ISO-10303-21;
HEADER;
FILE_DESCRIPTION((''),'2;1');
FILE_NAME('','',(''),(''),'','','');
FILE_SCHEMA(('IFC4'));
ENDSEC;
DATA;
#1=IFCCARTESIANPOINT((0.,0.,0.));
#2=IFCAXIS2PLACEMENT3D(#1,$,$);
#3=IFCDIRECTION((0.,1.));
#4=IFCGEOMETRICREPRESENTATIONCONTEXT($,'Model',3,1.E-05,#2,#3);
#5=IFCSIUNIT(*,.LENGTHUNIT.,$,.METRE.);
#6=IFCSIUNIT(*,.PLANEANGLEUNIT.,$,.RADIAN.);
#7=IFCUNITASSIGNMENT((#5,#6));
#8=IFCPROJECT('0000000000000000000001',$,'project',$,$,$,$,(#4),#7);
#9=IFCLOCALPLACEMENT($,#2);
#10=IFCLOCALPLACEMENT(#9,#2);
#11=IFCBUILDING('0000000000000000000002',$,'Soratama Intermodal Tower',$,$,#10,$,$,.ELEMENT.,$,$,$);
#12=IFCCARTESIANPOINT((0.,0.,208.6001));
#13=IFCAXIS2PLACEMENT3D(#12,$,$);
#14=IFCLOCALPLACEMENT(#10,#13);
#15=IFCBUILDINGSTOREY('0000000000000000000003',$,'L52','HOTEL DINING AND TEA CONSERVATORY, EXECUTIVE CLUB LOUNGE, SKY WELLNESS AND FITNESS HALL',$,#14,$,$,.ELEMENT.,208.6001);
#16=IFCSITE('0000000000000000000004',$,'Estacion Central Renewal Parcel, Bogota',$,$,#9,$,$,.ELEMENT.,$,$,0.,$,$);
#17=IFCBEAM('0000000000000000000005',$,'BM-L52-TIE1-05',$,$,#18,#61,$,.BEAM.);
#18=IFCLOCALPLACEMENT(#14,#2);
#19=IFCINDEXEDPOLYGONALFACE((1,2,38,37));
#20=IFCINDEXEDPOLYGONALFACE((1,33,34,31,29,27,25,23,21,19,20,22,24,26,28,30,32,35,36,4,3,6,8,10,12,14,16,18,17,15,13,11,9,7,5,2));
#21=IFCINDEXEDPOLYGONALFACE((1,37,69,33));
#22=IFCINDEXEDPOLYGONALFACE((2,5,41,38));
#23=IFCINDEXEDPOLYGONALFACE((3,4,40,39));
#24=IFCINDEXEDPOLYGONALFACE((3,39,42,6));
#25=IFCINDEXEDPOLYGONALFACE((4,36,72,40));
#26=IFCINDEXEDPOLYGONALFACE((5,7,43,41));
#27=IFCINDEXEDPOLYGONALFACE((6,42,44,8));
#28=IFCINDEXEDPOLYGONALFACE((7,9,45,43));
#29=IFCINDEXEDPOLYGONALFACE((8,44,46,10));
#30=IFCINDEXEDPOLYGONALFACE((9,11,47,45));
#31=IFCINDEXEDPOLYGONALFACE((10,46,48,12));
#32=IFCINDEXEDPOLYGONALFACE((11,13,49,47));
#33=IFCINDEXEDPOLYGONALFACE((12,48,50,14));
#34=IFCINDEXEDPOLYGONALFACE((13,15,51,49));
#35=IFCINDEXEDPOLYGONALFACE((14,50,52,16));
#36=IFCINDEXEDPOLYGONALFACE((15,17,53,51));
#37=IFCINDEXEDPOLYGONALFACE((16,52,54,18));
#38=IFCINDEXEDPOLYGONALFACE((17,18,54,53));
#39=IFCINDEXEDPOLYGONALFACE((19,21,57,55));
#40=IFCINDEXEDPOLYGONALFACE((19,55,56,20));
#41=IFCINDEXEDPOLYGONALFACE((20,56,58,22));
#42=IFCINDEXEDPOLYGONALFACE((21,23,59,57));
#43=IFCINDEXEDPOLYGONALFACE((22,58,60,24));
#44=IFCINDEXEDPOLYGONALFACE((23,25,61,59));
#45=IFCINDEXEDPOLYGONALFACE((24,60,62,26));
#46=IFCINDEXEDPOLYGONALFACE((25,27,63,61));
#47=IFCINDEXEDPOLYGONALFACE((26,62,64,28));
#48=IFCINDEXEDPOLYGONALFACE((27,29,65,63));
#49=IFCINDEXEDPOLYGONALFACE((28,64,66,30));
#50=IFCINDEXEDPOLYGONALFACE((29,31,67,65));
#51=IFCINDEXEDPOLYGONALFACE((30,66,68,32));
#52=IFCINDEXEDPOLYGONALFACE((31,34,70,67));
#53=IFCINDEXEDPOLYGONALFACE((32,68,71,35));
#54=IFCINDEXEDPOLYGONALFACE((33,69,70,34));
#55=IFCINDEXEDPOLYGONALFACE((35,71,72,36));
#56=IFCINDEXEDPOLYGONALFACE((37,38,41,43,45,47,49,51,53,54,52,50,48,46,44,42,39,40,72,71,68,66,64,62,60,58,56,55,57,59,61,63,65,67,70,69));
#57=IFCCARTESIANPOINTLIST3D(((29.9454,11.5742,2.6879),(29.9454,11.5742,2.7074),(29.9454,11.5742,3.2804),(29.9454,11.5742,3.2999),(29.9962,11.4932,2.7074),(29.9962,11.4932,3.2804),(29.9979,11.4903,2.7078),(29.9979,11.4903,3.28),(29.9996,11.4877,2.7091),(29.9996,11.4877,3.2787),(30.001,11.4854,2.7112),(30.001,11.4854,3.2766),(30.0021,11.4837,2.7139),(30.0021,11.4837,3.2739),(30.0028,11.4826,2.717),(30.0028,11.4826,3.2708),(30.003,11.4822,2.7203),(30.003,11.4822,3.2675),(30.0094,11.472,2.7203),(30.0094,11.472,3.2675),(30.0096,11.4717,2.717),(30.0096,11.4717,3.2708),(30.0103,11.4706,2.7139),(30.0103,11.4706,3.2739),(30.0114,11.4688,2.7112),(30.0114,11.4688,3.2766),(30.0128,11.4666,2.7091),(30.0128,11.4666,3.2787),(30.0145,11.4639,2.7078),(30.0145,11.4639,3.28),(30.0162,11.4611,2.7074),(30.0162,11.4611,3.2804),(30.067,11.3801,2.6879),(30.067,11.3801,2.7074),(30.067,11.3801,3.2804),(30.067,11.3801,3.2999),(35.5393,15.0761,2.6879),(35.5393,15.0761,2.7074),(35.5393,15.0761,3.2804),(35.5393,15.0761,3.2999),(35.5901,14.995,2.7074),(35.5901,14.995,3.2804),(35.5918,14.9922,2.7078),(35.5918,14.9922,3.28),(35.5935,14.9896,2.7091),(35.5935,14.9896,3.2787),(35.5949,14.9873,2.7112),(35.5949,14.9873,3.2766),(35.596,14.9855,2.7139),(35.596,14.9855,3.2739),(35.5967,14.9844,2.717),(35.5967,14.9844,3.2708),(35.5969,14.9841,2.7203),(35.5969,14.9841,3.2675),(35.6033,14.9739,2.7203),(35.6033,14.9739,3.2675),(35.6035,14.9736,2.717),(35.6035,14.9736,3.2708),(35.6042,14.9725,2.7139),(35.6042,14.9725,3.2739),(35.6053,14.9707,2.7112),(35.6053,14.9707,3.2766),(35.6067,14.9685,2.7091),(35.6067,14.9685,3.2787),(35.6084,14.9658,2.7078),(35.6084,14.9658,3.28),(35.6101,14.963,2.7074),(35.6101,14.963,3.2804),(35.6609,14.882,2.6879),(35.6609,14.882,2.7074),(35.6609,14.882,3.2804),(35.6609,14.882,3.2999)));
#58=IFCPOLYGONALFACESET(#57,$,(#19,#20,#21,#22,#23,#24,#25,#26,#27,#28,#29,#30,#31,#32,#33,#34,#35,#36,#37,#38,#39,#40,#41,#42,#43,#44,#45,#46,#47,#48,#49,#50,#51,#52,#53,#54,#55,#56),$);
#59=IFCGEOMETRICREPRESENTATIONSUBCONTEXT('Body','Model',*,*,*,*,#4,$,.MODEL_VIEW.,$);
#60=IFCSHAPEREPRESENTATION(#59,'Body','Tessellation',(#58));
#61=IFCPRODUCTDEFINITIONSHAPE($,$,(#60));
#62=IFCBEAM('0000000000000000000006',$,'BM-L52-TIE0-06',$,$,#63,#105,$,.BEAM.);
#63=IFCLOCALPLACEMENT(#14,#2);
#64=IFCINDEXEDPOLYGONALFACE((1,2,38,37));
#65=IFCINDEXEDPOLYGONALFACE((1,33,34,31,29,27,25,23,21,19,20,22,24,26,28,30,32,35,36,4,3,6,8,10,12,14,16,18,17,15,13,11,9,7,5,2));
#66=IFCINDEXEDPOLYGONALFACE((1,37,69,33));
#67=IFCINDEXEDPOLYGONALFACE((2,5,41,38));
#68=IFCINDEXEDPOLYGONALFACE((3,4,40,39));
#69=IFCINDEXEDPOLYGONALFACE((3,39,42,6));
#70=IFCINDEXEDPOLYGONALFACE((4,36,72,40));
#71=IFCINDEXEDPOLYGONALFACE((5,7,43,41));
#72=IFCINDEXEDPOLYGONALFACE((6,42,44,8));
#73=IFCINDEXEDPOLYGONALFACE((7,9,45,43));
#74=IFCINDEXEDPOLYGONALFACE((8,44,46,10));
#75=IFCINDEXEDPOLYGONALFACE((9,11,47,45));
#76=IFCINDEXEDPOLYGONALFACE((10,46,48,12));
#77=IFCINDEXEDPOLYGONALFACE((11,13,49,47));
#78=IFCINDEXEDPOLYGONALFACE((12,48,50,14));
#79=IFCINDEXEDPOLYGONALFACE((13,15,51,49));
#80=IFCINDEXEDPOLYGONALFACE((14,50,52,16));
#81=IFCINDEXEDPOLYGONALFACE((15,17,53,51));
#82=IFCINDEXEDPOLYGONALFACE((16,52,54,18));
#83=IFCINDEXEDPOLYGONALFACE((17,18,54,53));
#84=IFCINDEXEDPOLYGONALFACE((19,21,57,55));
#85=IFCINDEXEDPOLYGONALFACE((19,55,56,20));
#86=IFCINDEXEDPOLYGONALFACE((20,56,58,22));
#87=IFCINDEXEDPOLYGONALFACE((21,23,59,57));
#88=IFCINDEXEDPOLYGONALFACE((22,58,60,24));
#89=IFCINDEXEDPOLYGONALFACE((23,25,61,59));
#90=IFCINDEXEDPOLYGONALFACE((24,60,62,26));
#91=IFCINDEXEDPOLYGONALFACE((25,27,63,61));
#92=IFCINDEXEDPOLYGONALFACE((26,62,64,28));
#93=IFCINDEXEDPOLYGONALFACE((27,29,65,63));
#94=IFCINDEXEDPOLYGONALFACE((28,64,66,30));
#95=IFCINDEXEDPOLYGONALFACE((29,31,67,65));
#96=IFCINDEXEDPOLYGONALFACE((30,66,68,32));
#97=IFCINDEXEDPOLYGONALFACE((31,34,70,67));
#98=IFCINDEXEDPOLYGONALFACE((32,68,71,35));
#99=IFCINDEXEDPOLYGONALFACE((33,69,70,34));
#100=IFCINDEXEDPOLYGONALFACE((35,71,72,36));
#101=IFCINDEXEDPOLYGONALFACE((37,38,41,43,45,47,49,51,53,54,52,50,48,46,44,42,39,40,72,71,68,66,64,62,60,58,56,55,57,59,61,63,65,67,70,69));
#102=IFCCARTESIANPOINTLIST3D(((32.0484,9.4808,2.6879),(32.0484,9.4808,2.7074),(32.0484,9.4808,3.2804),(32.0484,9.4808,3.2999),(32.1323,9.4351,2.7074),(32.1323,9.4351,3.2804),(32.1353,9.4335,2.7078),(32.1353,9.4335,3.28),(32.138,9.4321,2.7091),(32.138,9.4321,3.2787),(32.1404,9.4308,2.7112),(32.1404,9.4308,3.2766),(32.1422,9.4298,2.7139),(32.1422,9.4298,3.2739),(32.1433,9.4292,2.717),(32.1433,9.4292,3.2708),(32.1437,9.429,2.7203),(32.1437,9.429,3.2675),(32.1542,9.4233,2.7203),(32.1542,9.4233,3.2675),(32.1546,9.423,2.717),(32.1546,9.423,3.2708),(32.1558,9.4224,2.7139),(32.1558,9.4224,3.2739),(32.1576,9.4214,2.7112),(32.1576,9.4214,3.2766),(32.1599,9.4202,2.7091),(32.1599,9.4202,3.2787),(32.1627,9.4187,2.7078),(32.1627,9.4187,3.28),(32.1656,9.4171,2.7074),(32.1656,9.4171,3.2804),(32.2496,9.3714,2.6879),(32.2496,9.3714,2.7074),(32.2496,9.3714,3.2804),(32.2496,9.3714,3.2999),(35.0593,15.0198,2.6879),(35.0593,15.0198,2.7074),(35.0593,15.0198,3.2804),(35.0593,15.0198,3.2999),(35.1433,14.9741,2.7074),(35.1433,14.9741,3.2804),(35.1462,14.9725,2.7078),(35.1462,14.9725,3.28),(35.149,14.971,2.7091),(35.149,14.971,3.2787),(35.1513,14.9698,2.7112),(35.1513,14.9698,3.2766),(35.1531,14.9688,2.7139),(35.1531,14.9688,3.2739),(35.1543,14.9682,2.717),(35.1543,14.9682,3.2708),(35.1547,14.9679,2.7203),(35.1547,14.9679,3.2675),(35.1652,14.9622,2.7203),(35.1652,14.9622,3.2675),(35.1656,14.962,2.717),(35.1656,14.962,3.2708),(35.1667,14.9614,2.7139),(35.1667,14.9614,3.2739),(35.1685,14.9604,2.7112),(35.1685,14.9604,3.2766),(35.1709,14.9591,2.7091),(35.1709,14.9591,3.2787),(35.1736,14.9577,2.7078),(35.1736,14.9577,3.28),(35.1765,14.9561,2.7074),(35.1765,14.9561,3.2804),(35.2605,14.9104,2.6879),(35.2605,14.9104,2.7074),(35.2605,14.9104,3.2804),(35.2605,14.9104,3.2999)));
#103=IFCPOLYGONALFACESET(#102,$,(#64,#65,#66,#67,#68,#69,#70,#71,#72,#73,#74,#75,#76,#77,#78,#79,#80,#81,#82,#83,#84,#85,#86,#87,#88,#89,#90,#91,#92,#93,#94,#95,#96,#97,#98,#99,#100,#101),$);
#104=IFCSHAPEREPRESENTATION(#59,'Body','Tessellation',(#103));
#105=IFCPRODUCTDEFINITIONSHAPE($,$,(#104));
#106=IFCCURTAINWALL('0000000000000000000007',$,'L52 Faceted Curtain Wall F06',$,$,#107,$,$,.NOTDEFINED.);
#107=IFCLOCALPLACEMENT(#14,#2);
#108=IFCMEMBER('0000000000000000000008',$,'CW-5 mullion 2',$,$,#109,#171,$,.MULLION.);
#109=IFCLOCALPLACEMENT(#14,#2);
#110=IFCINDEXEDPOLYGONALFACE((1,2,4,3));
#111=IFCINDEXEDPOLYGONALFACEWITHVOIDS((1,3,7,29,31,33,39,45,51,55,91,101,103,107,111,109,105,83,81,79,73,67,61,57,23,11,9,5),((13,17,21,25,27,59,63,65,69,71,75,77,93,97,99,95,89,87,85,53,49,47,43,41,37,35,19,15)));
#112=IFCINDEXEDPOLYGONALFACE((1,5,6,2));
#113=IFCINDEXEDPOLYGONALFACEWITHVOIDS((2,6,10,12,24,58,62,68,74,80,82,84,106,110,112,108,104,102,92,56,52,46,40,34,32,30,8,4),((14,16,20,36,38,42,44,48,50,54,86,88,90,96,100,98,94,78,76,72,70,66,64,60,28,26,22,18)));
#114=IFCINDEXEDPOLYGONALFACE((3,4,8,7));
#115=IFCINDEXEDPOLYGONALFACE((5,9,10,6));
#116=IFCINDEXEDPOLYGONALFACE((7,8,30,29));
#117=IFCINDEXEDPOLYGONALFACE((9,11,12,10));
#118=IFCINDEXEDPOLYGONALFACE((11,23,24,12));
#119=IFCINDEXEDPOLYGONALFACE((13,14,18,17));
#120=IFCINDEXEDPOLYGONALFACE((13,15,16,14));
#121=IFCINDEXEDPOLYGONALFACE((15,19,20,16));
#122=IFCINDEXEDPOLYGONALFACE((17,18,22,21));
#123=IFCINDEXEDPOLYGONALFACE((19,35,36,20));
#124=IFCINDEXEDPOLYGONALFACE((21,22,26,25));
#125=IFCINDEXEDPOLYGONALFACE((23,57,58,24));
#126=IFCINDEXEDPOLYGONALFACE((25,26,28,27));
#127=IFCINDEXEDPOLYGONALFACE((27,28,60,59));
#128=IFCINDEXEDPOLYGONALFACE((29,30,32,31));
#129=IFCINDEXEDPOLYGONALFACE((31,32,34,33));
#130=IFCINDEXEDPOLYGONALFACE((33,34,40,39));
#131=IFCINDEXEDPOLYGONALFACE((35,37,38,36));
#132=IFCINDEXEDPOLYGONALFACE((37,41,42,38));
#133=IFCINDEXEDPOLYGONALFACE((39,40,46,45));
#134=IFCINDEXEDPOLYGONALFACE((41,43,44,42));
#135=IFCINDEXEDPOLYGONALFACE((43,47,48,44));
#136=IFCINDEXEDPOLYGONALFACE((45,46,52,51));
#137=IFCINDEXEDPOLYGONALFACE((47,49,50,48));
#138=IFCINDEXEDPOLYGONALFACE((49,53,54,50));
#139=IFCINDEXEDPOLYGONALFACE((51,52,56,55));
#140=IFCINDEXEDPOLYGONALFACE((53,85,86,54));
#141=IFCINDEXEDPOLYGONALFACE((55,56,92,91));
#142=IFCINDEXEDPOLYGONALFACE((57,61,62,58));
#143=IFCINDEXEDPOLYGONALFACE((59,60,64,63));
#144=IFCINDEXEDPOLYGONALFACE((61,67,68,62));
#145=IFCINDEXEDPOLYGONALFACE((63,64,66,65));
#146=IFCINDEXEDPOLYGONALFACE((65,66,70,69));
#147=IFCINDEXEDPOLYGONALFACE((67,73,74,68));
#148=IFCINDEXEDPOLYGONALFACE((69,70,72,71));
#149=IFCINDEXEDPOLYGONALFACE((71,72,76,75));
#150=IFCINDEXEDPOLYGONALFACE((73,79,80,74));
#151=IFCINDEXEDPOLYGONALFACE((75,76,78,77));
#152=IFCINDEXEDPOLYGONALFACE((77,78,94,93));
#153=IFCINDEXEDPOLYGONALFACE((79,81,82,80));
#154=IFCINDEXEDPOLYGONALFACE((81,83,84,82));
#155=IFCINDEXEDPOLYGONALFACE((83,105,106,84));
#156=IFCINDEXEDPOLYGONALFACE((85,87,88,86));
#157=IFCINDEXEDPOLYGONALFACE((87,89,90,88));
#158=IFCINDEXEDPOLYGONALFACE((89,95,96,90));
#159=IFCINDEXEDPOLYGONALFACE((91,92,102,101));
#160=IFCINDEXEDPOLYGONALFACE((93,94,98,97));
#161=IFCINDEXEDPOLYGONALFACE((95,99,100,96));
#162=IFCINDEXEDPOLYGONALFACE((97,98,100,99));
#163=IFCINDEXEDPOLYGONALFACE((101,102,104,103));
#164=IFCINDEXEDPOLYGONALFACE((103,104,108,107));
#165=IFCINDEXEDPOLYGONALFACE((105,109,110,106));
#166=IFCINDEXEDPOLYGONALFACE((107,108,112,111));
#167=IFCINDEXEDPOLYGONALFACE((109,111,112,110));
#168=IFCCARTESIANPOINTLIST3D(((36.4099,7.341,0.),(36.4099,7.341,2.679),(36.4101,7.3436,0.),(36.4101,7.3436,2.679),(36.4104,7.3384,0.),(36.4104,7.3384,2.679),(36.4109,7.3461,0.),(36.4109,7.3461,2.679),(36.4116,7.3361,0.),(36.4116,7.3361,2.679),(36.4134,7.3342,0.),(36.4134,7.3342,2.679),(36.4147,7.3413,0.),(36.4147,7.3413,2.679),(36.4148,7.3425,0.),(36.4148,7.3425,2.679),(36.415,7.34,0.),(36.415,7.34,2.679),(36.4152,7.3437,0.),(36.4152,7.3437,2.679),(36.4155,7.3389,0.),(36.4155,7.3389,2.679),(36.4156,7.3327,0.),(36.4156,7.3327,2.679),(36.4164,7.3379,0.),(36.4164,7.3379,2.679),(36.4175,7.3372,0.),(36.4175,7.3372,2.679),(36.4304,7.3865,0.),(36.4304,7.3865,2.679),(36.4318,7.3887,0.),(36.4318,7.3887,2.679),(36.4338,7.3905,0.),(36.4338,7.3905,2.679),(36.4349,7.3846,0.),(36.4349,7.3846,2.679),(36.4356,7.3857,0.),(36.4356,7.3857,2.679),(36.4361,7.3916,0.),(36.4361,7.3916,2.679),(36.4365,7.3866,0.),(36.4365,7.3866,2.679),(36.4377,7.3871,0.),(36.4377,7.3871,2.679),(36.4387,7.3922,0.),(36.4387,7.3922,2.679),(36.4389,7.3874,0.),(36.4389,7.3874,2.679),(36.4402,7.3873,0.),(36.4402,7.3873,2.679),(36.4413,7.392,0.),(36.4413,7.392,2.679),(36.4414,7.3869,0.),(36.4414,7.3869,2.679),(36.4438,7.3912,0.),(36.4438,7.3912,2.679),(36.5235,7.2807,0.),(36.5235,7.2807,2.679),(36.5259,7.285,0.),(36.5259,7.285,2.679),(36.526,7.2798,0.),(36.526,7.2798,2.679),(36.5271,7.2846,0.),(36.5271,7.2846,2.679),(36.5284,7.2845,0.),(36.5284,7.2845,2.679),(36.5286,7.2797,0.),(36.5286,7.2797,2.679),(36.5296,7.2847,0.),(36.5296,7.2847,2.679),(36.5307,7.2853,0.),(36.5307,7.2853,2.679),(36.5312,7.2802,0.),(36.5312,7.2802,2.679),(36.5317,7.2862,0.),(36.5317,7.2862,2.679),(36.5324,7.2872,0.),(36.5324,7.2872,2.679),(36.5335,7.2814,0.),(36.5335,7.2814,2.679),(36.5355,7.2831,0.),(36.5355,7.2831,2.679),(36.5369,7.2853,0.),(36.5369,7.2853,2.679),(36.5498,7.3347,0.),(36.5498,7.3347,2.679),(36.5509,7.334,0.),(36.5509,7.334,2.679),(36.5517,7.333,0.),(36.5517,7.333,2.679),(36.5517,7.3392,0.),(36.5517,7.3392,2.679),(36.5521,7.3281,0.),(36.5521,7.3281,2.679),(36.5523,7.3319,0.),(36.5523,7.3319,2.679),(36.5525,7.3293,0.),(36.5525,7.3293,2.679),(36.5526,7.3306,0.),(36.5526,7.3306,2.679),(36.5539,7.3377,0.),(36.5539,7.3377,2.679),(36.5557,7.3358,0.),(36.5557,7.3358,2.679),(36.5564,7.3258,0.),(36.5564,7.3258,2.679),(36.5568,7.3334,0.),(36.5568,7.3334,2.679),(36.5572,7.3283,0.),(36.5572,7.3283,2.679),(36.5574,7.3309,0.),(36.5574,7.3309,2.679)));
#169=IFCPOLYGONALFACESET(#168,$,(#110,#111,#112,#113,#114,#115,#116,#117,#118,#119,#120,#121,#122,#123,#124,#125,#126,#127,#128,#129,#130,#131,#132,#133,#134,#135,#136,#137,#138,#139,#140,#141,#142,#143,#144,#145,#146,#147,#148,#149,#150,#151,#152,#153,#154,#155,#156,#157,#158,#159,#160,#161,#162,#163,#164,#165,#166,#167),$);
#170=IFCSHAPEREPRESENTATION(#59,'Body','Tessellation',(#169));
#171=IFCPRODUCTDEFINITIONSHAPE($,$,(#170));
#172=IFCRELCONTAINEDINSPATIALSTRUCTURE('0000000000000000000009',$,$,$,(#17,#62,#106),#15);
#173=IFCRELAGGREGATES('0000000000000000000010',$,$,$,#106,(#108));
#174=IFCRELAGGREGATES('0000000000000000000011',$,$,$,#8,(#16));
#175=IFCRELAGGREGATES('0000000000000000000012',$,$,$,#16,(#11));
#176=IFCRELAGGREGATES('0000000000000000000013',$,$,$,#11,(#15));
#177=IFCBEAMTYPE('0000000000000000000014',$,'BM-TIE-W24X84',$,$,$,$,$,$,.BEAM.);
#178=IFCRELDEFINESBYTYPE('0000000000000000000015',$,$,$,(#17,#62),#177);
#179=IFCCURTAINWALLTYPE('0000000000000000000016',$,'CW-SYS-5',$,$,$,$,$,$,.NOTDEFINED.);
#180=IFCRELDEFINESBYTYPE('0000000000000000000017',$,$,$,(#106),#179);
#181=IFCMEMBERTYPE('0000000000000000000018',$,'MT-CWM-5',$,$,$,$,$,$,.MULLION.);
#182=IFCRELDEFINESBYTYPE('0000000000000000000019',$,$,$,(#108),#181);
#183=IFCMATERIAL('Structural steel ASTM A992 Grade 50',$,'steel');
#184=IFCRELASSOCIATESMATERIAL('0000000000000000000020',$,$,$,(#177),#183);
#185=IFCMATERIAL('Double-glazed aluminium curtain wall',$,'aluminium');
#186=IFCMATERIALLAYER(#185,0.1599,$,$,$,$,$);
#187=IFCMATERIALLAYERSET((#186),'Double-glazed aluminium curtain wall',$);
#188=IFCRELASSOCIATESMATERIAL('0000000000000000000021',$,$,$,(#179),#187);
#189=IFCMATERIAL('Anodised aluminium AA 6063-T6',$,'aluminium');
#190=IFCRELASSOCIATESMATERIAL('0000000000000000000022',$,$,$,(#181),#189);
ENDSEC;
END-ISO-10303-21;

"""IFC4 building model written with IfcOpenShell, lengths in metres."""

from ifc_helpers import new_model, si_unit, direction, frame, origin, origin_2d, place, context, subcontext, project, spatial, hollow_rectangle, i_section, extrude, material, layer, layer_set, material_profile, profile_set, type_object, element, aggregate, save


model = new_model("IFC4")

# Units and contexts
model_context = context("Model", 3, precision=1e-05, world=origin(), true_north=direction((0.0, 1.0)))
body_context = subcontext(model_context, "Body", "Model", "MODEL_VIEW")
ifc_project = project(units=[si_unit("LENGTHUNIT", "METRE"), si_unit("PLANEANGLEUNIT", "RADIAN")], contexts=[model_context])

# Site, building, storey
site_placement = place(None, origin())
site = spatial("IfcSite", under=ifc_project, at=site_placement, Name="Estacion Central Renewal Parcel, Bogota", CompositionType="ELEMENT", RefElevation=0.0)
building_placement = place(site_placement, origin())
building = spatial("IfcBuilding", under=site, at=building_placement, Name="Soratama Intermodal Tower", CompositionType="ELEMENT")
storey_placement = place(building_placement, frame((0.0, 0.0, 208.6001)))
storey = spatial("IfcBuildingStorey", under=building, at=storey_placement, Name="L52", Description="HOTEL DINING AND TEA CONSERVATORY, EXECUTIVE CLUB LOUNGE, SKY WELLNESS AND FITNESS HALL", CompositionType="ELEMENT", Elevation=208.6001)

# Beams
ifc_material_1 = material(Name="Structural steel ASTM A992 Grade 50", Category="steel")
ifc_material_profile_1 = material_profile(ifc_material_1, i_section(OverallWidth=0.229, OverallDepth=0.6121, WebThickness=0.012, FlangeThickness=0.0195, FilletRadius=0.0129, at=origin_2d()), Name="W24X84")
ifc_profile_set_1 = profile_set([ifc_material_profile_1], Name="Structural steel ASTM A992 Grade 50")
beam_type_1 = type_object("IfcBeamType", Name="BM-TIE-W24X84", PredefinedType="BEAM", material=ifc_profile_set_1)
beam_1_placement = place(storey_placement, frame((35.6001, 14.979, 2.9939), z_axis=(-0.847609, -0.530621, 0.0), x_axis=(0.530621, -0.847609, 0.0)))
element("IfcBeam", 1, at=beam_1_placement, inside=storey, type_object=beam_type_1, Name="BM-L52-TIE1-05", PredefinedType="BEAM", context=body_context, shape_type="SweptSolid", body=[
    extrude(i_section(OverallWidth=0.229, OverallDepth=0.6121, WebThickness=0.012, FlangeThickness=0.0195, FilletRadius=0.0129, at=origin_2d()), origin(), (0.0, 0.0, 1.0), 6.5996),
])
beam_2_placement = place(storey_placement, frame((35.1599, 14.9651, 2.9939), z_axis=(-0.47759, -0.878583, 0.0), x_axis=(0.878583, -0.47759, 0.0)))
element("IfcBeam", 2, at=beam_2_placement, inside=storey, type_object=beam_type_1, Name="BM-L52-TIE0-06", PredefinedType="BEAM", context=body_context, shape_type="SweptSolid", body=[
    extrude(i_section(OverallWidth=0.229, OverallDepth=0.6121, WebThickness=0.012, FlangeThickness=0.0195, FilletRadius=0.0129, at=origin_2d()), origin(), (0.0, 0.0, 1.0), 6.3044),
])

# Curtain wall, member
ifc_material_2 = material(Name="Double-glazed aluminium curtain wall", Category="aluminium")
ifc_layer_1 = layer(ifc_material_2, 0.1599)
ifc_layer_set_1 = layer_set([ifc_layer_1], Name="Double-glazed aluminium curtain wall")
curtain_wall_type = type_object("IfcCurtainWallType", Name="CW-SYS-5", PredefinedType="NOTDEFINED", material=ifc_layer_set_1)
curtain_wall_placement = place(storey_placement, origin())
curtain_wall = element("IfcCurtainWall", 3, at=curtain_wall_placement, inside=storey, type_object=curtain_wall_type, Name="L52 Faceted Curtain Wall F06", PredefinedType="NOTDEFINED")
ifc_material_3 = material(Name="Anodised aluminium AA 6063-T6", Category="aluminium")
ifc_material_profile_2 = material_profile(ifc_material_3, hollow_rectangle(XDim=0.0649, YDim=0.1399, WallThickness=0.0049, InnerFilletRadius=0.0049, OuterFilletRadius=0.01, at=origin_2d()), Name="CWM140X65X5")
ifc_profile_set_2 = profile_set([ifc_material_profile_2], Name="Anodised aluminium AA 6063-T6")
member_type_1 = type_object("IfcMemberType", Name="MT-CWM-5", PredefinedType="MULLION", material=ifc_profile_set_2)
member_1_placement = place(storey_placement, frame((36.4836, 7.3359, 0.0), z_axis=(0.0, 0.0, 1.0), x_axis=(0.434287, 0.900775, 0.0)))
member_1 = element("IfcMember", 4, at=member_1_placement, type_object=member_type_1, Name="CW-5 mullion 2", PredefinedType="MULLION", context=body_context, shape_type="SweptSolid", body=[
    extrude(hollow_rectangle(XDim=0.0649, YDim=0.1399, WallThickness=0.0049, InnerFilletRadius=0.0049, OuterFilletRadius=0.01, at=origin_2d()), origin(), (0.0, 0.0, 1.0), 2.679),
])
aggregate(curtain_wall, [member_1])

save(model, "model.ifc")
